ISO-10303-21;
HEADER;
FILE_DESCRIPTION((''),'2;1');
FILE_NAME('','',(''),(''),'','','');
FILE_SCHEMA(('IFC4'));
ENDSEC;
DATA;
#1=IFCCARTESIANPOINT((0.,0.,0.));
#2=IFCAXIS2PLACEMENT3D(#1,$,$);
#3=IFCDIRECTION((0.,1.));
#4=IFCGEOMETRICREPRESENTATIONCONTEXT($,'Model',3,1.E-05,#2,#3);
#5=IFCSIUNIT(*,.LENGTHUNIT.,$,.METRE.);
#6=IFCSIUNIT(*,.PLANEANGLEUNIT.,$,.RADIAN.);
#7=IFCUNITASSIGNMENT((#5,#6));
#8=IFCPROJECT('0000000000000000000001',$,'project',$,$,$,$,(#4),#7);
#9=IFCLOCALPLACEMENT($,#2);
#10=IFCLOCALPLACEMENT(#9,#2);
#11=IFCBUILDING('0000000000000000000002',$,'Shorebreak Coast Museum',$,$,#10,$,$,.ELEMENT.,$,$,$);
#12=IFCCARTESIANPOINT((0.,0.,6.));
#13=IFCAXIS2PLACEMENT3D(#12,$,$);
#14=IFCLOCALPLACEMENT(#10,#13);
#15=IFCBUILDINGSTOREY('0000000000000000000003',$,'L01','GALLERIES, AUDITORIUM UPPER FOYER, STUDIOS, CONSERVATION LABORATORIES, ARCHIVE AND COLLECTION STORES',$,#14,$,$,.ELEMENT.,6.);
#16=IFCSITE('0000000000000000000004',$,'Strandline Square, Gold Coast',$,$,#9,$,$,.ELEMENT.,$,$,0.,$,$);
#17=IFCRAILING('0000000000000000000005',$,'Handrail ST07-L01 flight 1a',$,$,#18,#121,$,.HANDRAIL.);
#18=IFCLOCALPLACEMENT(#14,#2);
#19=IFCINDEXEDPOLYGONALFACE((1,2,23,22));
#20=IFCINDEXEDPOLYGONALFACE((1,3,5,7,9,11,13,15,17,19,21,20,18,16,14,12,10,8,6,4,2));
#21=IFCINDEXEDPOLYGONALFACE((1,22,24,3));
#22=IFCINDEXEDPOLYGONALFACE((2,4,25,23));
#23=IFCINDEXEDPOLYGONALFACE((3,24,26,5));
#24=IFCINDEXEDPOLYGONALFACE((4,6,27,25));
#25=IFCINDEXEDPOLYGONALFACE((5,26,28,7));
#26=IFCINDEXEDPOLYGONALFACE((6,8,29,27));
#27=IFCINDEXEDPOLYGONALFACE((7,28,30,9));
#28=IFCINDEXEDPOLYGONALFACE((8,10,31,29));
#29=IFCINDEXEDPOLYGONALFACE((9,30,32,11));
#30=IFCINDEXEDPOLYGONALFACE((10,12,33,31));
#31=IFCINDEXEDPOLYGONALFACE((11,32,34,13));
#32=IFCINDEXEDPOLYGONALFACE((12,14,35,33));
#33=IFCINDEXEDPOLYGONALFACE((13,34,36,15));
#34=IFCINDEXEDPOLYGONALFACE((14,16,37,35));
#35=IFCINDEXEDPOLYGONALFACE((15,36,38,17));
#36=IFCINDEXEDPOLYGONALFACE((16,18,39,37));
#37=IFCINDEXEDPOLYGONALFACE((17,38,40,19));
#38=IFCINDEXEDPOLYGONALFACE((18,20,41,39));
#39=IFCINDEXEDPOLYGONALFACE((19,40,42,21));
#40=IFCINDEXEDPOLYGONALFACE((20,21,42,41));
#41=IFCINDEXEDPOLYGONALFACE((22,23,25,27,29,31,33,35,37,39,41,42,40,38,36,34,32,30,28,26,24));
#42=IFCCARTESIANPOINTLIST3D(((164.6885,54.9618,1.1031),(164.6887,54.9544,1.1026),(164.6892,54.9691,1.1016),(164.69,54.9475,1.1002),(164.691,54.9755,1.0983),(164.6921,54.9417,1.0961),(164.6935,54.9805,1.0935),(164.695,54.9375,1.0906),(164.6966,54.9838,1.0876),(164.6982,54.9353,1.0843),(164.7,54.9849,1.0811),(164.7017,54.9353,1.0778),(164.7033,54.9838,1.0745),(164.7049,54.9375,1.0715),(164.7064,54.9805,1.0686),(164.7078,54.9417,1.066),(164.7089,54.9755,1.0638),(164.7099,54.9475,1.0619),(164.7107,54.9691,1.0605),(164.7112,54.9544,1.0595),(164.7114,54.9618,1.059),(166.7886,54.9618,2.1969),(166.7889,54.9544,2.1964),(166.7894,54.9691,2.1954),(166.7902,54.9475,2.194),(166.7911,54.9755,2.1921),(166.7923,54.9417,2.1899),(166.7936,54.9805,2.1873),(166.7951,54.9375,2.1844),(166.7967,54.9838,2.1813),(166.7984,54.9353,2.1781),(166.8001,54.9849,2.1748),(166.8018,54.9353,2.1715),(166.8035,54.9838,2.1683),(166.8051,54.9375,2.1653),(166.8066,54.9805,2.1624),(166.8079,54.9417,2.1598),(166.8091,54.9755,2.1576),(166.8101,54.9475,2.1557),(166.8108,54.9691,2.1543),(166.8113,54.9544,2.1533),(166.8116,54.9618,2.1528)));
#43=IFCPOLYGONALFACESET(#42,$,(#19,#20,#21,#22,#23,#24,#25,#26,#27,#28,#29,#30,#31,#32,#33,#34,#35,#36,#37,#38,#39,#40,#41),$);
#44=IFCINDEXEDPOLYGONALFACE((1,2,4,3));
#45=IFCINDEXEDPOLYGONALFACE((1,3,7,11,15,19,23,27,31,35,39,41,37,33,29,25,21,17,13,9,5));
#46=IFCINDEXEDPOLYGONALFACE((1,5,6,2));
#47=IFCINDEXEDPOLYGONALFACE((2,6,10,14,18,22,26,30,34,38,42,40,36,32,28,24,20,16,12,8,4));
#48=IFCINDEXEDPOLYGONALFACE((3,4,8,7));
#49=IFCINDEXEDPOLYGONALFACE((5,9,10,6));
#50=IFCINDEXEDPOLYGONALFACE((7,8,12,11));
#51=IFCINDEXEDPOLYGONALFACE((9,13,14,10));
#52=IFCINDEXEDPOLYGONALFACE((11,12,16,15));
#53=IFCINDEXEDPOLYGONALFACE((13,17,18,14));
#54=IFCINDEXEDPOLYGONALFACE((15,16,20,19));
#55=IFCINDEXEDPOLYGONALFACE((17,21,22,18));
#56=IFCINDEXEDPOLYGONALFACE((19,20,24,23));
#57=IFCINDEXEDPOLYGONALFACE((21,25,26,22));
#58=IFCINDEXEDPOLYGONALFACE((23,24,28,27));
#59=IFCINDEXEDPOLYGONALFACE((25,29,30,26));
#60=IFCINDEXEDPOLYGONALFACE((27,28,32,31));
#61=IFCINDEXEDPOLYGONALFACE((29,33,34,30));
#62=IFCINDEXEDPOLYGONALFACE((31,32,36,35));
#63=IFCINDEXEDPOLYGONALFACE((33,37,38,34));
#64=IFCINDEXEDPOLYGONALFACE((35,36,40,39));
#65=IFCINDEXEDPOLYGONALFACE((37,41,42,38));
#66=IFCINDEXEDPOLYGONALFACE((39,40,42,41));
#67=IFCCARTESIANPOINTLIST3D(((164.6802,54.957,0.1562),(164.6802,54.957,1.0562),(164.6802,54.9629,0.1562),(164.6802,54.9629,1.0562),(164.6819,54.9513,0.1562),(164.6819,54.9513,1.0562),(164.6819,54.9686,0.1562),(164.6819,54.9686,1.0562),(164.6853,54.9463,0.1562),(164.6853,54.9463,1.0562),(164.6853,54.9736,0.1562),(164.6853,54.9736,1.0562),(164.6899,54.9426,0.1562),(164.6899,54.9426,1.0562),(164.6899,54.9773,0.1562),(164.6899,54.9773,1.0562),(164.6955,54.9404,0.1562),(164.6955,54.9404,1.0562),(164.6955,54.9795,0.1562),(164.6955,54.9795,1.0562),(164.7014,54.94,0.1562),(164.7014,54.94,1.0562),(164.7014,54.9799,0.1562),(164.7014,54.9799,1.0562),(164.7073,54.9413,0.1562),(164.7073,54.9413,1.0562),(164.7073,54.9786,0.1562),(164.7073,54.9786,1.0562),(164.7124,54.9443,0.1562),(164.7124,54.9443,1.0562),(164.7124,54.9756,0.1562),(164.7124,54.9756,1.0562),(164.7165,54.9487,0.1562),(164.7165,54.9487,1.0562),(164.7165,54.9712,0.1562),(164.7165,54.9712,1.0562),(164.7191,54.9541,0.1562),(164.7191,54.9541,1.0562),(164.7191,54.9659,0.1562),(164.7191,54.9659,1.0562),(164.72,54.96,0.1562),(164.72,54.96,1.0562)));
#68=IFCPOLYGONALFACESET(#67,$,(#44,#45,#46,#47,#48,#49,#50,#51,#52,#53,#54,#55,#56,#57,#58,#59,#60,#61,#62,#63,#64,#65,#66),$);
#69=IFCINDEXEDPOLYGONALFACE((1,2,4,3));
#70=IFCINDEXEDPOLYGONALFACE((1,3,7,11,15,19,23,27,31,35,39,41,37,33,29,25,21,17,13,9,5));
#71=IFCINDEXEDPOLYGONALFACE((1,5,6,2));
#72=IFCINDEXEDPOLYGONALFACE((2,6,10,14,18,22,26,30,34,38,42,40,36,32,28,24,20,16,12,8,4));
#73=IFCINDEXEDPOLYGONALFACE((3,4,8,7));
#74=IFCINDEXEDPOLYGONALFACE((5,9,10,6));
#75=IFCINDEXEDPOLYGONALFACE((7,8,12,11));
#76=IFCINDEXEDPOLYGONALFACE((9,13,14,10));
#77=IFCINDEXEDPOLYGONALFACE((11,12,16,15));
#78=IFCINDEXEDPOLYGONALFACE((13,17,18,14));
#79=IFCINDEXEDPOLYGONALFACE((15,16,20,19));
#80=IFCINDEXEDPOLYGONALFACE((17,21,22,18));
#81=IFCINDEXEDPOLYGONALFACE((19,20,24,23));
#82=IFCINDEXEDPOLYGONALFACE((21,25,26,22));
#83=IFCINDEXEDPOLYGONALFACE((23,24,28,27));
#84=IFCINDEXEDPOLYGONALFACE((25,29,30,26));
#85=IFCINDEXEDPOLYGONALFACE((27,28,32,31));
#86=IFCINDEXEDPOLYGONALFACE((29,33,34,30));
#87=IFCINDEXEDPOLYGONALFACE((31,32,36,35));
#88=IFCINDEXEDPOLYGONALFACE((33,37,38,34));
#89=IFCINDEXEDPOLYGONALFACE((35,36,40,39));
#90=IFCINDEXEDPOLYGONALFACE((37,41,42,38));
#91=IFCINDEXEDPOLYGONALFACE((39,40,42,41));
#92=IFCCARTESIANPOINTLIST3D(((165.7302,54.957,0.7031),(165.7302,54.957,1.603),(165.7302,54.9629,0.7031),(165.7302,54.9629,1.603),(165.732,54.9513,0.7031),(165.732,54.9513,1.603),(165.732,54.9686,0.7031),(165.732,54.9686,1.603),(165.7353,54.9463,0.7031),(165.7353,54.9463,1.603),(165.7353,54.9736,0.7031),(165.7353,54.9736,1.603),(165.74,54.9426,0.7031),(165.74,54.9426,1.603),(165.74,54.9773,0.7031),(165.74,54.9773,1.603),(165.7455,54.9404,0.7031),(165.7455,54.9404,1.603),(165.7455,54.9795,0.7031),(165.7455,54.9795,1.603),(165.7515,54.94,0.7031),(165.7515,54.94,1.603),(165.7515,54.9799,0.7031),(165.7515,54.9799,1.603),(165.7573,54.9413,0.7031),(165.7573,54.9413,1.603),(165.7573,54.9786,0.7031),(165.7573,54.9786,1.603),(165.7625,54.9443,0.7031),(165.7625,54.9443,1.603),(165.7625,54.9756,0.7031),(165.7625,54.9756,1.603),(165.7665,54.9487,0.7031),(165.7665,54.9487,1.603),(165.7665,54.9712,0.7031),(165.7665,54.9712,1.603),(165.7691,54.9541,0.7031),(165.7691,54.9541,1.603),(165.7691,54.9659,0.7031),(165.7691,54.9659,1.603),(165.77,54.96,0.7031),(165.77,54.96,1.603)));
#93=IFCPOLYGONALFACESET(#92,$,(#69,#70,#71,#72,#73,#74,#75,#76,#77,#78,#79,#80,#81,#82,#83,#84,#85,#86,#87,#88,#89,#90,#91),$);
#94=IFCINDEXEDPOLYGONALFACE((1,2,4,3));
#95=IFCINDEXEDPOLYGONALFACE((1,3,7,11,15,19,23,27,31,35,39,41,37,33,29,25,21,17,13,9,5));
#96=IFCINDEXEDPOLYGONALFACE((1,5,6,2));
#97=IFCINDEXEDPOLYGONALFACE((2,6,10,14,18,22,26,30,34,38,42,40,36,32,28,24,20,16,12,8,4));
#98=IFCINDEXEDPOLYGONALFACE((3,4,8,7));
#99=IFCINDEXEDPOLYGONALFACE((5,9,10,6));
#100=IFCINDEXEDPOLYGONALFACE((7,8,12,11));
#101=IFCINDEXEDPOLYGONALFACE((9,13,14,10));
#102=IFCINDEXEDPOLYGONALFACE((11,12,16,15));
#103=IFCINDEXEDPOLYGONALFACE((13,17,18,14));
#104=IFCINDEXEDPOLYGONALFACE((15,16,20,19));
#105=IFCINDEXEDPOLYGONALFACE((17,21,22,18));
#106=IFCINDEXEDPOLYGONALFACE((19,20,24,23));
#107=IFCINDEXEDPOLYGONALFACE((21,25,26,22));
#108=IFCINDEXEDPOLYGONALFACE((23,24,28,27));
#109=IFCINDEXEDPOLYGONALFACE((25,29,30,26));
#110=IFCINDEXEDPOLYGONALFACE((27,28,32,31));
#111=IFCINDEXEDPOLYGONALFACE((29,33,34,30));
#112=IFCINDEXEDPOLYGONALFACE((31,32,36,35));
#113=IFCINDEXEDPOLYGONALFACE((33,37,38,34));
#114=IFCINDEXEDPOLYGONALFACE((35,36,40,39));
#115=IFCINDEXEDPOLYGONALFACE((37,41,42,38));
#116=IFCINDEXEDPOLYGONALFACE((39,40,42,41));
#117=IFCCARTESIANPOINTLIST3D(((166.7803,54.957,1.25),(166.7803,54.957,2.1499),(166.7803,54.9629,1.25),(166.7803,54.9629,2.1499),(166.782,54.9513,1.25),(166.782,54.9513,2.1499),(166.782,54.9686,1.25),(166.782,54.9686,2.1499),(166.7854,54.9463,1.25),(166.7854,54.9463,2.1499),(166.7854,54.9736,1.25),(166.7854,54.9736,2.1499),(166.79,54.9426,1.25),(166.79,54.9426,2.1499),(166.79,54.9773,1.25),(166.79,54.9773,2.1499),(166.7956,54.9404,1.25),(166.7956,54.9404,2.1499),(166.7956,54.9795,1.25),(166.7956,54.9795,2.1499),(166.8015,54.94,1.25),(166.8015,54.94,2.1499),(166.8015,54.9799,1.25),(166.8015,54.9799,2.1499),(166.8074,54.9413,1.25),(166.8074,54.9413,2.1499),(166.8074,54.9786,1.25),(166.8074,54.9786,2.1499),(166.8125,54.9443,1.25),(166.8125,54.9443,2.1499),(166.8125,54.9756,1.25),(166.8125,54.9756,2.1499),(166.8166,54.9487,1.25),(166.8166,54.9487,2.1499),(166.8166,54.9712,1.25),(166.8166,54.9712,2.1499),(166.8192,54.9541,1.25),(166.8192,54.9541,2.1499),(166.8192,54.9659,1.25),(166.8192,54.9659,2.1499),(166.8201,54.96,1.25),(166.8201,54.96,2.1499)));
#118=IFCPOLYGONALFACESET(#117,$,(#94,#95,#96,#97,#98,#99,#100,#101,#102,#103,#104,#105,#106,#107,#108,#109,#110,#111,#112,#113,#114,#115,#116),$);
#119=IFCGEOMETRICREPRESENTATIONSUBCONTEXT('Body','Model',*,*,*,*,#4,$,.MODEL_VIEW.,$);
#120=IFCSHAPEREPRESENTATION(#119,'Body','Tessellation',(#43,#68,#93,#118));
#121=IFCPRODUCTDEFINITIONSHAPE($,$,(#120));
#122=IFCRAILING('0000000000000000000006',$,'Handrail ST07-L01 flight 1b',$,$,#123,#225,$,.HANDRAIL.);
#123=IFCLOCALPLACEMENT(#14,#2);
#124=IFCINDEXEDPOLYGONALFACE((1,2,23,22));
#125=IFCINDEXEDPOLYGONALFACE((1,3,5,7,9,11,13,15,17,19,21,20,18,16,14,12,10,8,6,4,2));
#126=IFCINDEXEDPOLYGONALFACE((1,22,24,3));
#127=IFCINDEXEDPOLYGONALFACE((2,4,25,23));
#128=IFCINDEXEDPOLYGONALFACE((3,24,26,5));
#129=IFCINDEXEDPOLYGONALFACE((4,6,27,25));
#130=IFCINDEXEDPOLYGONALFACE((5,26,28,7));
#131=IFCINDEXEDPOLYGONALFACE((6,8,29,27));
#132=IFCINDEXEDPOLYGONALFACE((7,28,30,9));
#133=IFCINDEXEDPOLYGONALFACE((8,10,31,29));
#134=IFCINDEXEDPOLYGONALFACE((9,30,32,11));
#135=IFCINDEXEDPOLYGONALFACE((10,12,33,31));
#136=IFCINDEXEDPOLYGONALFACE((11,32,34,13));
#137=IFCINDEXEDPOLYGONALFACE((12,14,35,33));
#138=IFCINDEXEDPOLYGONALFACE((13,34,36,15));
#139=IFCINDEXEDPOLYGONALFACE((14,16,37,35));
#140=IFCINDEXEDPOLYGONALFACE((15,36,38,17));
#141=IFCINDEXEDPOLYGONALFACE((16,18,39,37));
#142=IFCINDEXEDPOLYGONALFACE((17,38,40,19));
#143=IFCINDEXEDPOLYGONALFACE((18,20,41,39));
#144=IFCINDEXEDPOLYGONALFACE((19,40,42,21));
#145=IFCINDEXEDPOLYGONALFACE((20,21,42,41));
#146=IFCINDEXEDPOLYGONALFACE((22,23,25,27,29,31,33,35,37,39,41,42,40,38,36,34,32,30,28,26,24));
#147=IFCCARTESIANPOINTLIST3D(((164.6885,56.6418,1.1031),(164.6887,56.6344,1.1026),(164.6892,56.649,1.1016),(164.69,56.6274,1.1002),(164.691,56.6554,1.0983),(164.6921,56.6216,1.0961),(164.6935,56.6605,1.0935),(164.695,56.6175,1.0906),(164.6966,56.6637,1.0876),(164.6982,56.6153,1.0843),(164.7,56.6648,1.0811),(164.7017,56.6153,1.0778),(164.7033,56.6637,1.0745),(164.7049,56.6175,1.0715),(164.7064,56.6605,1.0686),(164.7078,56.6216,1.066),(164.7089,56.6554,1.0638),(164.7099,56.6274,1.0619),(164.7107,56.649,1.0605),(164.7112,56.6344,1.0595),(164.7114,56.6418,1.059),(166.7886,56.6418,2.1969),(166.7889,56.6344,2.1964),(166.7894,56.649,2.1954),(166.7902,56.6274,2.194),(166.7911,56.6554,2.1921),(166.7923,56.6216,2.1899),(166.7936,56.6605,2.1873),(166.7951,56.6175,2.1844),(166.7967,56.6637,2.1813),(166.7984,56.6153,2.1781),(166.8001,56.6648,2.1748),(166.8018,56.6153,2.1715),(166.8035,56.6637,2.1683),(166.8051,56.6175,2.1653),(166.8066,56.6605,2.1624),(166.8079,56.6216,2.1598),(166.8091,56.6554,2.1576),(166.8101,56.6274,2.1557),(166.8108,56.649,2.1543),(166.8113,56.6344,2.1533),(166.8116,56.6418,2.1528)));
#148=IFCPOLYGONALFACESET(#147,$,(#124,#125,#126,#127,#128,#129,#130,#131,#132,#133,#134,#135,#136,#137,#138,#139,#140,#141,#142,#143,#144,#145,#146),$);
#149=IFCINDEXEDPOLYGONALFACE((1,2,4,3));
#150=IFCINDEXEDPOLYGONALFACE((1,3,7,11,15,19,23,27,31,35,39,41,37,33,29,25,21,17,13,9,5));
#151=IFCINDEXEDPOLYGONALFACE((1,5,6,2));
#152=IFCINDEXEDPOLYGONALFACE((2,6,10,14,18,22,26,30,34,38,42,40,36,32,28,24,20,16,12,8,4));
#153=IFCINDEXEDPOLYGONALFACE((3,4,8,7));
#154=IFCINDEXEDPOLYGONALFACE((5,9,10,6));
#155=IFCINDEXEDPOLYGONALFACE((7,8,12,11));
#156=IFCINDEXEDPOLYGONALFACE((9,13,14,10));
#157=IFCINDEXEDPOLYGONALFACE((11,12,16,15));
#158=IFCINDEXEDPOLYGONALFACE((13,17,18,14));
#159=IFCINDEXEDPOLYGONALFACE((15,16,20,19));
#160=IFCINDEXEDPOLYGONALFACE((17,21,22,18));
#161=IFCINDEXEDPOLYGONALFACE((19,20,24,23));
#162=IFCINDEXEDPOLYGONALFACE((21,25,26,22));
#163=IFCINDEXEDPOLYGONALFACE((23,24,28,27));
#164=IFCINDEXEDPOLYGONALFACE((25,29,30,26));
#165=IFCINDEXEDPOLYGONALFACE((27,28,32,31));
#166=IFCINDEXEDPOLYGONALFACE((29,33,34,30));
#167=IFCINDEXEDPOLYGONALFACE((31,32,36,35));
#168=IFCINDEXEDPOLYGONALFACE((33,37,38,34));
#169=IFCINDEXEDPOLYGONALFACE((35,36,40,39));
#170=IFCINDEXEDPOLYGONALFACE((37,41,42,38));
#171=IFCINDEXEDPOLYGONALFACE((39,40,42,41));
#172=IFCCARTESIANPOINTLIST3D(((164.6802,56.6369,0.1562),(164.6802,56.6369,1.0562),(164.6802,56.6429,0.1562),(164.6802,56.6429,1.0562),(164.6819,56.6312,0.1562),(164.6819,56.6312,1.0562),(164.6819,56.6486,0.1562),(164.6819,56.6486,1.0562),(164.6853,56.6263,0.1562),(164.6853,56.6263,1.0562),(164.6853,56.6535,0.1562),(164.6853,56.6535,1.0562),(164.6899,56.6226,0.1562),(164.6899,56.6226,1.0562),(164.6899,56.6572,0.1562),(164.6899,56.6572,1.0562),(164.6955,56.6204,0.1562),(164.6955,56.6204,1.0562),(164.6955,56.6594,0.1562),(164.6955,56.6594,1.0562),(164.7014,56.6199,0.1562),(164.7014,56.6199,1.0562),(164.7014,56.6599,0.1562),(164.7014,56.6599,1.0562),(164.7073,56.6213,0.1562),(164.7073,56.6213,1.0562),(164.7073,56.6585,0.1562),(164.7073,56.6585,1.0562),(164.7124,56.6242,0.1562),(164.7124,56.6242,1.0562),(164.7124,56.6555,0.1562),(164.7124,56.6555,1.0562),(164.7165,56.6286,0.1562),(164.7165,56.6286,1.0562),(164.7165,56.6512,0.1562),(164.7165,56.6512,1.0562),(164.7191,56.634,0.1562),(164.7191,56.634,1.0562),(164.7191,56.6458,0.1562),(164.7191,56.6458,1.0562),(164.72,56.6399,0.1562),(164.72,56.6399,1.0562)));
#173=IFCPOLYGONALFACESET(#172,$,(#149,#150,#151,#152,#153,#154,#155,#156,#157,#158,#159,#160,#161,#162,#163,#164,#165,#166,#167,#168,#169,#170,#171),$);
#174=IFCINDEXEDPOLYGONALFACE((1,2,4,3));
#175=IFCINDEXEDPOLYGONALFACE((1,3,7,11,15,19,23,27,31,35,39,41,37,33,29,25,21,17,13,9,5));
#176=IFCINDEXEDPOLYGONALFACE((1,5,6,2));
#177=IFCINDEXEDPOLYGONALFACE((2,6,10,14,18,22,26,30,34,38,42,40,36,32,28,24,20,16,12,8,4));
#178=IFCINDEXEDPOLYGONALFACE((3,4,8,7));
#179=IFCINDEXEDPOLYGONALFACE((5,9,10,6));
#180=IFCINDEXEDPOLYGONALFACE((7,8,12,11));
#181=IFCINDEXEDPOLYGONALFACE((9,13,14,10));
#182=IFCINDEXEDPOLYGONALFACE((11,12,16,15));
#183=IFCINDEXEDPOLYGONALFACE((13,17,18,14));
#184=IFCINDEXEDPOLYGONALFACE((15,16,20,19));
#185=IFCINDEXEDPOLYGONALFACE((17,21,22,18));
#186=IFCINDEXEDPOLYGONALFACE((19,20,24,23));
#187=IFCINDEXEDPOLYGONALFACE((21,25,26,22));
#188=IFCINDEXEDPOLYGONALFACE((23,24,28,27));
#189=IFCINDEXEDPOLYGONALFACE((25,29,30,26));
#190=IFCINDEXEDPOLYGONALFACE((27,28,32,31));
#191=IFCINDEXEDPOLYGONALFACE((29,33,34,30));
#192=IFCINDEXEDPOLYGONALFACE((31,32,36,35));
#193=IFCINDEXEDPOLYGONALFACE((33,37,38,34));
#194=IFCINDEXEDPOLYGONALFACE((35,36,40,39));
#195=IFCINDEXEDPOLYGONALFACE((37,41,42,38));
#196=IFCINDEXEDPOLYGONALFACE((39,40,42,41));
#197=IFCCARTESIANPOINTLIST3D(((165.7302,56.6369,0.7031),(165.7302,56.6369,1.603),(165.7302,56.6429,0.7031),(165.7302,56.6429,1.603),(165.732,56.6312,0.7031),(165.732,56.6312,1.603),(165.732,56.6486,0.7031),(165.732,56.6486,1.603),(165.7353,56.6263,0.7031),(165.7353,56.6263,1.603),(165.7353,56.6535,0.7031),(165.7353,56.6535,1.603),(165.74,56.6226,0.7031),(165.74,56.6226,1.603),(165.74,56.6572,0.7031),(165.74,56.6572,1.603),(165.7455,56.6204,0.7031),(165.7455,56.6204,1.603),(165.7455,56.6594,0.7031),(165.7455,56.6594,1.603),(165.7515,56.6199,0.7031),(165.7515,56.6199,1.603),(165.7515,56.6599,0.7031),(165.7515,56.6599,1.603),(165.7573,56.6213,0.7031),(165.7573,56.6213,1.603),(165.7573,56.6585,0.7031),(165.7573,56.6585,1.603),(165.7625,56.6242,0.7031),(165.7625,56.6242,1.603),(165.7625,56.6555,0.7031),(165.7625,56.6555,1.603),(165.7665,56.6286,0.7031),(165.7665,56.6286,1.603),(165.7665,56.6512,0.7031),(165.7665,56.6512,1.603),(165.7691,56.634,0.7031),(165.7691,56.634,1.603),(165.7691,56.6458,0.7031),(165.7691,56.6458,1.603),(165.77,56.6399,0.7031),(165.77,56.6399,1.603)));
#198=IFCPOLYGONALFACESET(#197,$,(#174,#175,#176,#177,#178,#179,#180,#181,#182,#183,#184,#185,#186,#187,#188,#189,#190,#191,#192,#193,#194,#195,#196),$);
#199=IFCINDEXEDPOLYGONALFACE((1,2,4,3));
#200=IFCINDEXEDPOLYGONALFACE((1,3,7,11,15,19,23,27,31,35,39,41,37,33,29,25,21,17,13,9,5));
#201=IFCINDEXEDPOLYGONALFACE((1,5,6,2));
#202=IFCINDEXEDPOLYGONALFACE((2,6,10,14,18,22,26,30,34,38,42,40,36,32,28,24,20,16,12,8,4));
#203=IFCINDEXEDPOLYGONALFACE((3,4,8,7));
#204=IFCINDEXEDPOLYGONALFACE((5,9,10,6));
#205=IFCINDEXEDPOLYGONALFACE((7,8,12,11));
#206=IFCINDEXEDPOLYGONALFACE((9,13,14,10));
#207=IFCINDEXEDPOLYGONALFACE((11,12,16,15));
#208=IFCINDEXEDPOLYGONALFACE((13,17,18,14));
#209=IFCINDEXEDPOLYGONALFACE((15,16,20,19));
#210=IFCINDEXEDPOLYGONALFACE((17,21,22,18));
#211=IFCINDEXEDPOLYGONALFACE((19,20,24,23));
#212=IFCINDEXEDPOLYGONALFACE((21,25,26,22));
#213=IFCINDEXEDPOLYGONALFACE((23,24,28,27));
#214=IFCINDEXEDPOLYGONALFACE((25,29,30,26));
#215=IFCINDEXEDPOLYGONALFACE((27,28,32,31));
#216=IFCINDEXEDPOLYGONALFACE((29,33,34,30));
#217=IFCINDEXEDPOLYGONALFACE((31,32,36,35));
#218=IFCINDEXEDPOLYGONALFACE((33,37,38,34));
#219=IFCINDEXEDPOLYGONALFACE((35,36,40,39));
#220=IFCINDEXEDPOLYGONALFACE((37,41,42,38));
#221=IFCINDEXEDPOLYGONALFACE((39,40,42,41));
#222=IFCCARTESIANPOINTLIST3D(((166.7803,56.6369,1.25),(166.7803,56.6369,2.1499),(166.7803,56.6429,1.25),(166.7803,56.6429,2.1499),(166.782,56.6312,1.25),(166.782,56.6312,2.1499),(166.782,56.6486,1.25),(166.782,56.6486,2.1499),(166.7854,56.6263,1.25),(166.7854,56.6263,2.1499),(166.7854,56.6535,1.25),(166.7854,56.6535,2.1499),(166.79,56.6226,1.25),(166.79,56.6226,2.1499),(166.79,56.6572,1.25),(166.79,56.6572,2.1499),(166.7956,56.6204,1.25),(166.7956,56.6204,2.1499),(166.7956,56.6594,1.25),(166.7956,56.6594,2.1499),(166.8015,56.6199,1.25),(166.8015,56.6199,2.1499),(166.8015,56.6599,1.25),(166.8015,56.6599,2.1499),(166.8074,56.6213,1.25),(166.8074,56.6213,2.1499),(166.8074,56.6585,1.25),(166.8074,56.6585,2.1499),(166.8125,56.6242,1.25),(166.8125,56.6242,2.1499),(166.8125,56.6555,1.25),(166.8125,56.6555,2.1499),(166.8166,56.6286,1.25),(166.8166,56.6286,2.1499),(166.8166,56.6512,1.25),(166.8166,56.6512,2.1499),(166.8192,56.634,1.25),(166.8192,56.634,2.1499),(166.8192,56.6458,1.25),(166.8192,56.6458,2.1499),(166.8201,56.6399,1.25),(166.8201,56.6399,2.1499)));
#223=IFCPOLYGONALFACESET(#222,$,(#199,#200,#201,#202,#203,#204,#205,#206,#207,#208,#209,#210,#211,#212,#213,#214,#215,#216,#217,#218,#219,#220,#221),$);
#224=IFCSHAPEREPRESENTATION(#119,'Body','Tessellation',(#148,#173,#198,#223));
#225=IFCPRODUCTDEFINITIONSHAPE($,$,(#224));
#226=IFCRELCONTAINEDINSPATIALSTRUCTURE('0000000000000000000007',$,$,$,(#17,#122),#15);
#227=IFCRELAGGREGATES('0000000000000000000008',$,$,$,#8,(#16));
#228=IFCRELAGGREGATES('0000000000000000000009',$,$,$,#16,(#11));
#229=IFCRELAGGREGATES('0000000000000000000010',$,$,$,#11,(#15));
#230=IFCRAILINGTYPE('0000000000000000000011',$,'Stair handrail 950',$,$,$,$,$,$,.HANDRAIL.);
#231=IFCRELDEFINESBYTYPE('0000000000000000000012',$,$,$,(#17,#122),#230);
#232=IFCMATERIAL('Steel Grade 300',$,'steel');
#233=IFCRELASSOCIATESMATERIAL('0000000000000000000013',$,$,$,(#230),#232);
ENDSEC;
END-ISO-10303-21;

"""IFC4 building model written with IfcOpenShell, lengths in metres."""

from ifc_helpers import new_model, si_unit, direction, frame, origin, origin_2d, place, context, subcontext, project, spatial, circle, extrude, material, type_object, element, save


model = new_model("IFC4")

# Units and contexts
model_context = context("Model", 3, precision=1e-05, world=origin(), true_north=direction((0.0, 1.0)))
body_context = subcontext(model_context, "Body", "Model", "MODEL_VIEW")
ifc_project = project(units=[si_unit("LENGTHUNIT", "METRE"), si_unit("PLANEANGLEUNIT", "RADIAN")], contexts=[model_context])

# Site, building, storey
site_placement = place(None, origin())
site = spatial("IfcSite", under=ifc_project, at=site_placement, Name="Strandline Square, Gold Coast", CompositionType="ELEMENT", RefElevation=0.0)
building_placement = place(site_placement, origin())
building = spatial("IfcBuilding", under=site, at=building_placement, Name="Shorebreak Coast Museum", CompositionType="ELEMENT")
storey_placement = place(building_placement, frame((0.0, 0.0, 6.0)))
storey = spatial("IfcBuildingStorey", under=building, at=storey_placement, Name="L01", Description="GALLERIES, AUDITORIUM UPPER FOYER, STUDIOS, CONSERVATION LABORATORIES, ARCHIVE AND COLLECTION STORES", CompositionType="ELEMENT", Elevation=6.0)

# Railings
ifc_material_1 = material(Name="Steel Grade 300", Category="steel")
railing_type_1 = type_object("IfcRailingType", Name="Stair handrail 950", PredefinedType="HANDRAIL", material=ifc_material_1)
for number, where, name in (
    (1, (164.7, 54.96, 0.1562), "Handrail ST07-L01 flight 1a"),
    (2, (164.7, 56.6399, 0.1562), "Handrail ST07-L01 flight 1b"),
):
    element("IfcRailing", number, at=place(storey_placement, frame(where)), inside=storey, type_object=railing_type_1, Name=name, PredefinedType="HANDRAIL", context=body_context, shape_type="SweptSolid", body=[
        extrude(circle(Radius=0.0249, at=origin_2d()), frame((0.0, 0.0, 0.9248), z_axis=(0.886923, 0.0, 0.461918), x_axis=(0.0, 1.0, 0.0)), (0.0, 0.0, 1.0), 2.3679),
        extrude(circle(Radius=0.02, at=origin_2d()), origin(), (0.0, 0.0, 1.0), 0.8999),
        extrude(circle(Radius=0.02, at=origin_2d()), frame((1.05, 0.0, 0.5469)), (0.0, 0.0, 1.0), 0.8999),
        extrude(circle(Radius=0.02, at=origin_2d()), frame((2.1001, 0.0, 1.0938)), (0.0, 0.0, 1.0), 0.8999),
    ])

save(model, "model.ifc")
